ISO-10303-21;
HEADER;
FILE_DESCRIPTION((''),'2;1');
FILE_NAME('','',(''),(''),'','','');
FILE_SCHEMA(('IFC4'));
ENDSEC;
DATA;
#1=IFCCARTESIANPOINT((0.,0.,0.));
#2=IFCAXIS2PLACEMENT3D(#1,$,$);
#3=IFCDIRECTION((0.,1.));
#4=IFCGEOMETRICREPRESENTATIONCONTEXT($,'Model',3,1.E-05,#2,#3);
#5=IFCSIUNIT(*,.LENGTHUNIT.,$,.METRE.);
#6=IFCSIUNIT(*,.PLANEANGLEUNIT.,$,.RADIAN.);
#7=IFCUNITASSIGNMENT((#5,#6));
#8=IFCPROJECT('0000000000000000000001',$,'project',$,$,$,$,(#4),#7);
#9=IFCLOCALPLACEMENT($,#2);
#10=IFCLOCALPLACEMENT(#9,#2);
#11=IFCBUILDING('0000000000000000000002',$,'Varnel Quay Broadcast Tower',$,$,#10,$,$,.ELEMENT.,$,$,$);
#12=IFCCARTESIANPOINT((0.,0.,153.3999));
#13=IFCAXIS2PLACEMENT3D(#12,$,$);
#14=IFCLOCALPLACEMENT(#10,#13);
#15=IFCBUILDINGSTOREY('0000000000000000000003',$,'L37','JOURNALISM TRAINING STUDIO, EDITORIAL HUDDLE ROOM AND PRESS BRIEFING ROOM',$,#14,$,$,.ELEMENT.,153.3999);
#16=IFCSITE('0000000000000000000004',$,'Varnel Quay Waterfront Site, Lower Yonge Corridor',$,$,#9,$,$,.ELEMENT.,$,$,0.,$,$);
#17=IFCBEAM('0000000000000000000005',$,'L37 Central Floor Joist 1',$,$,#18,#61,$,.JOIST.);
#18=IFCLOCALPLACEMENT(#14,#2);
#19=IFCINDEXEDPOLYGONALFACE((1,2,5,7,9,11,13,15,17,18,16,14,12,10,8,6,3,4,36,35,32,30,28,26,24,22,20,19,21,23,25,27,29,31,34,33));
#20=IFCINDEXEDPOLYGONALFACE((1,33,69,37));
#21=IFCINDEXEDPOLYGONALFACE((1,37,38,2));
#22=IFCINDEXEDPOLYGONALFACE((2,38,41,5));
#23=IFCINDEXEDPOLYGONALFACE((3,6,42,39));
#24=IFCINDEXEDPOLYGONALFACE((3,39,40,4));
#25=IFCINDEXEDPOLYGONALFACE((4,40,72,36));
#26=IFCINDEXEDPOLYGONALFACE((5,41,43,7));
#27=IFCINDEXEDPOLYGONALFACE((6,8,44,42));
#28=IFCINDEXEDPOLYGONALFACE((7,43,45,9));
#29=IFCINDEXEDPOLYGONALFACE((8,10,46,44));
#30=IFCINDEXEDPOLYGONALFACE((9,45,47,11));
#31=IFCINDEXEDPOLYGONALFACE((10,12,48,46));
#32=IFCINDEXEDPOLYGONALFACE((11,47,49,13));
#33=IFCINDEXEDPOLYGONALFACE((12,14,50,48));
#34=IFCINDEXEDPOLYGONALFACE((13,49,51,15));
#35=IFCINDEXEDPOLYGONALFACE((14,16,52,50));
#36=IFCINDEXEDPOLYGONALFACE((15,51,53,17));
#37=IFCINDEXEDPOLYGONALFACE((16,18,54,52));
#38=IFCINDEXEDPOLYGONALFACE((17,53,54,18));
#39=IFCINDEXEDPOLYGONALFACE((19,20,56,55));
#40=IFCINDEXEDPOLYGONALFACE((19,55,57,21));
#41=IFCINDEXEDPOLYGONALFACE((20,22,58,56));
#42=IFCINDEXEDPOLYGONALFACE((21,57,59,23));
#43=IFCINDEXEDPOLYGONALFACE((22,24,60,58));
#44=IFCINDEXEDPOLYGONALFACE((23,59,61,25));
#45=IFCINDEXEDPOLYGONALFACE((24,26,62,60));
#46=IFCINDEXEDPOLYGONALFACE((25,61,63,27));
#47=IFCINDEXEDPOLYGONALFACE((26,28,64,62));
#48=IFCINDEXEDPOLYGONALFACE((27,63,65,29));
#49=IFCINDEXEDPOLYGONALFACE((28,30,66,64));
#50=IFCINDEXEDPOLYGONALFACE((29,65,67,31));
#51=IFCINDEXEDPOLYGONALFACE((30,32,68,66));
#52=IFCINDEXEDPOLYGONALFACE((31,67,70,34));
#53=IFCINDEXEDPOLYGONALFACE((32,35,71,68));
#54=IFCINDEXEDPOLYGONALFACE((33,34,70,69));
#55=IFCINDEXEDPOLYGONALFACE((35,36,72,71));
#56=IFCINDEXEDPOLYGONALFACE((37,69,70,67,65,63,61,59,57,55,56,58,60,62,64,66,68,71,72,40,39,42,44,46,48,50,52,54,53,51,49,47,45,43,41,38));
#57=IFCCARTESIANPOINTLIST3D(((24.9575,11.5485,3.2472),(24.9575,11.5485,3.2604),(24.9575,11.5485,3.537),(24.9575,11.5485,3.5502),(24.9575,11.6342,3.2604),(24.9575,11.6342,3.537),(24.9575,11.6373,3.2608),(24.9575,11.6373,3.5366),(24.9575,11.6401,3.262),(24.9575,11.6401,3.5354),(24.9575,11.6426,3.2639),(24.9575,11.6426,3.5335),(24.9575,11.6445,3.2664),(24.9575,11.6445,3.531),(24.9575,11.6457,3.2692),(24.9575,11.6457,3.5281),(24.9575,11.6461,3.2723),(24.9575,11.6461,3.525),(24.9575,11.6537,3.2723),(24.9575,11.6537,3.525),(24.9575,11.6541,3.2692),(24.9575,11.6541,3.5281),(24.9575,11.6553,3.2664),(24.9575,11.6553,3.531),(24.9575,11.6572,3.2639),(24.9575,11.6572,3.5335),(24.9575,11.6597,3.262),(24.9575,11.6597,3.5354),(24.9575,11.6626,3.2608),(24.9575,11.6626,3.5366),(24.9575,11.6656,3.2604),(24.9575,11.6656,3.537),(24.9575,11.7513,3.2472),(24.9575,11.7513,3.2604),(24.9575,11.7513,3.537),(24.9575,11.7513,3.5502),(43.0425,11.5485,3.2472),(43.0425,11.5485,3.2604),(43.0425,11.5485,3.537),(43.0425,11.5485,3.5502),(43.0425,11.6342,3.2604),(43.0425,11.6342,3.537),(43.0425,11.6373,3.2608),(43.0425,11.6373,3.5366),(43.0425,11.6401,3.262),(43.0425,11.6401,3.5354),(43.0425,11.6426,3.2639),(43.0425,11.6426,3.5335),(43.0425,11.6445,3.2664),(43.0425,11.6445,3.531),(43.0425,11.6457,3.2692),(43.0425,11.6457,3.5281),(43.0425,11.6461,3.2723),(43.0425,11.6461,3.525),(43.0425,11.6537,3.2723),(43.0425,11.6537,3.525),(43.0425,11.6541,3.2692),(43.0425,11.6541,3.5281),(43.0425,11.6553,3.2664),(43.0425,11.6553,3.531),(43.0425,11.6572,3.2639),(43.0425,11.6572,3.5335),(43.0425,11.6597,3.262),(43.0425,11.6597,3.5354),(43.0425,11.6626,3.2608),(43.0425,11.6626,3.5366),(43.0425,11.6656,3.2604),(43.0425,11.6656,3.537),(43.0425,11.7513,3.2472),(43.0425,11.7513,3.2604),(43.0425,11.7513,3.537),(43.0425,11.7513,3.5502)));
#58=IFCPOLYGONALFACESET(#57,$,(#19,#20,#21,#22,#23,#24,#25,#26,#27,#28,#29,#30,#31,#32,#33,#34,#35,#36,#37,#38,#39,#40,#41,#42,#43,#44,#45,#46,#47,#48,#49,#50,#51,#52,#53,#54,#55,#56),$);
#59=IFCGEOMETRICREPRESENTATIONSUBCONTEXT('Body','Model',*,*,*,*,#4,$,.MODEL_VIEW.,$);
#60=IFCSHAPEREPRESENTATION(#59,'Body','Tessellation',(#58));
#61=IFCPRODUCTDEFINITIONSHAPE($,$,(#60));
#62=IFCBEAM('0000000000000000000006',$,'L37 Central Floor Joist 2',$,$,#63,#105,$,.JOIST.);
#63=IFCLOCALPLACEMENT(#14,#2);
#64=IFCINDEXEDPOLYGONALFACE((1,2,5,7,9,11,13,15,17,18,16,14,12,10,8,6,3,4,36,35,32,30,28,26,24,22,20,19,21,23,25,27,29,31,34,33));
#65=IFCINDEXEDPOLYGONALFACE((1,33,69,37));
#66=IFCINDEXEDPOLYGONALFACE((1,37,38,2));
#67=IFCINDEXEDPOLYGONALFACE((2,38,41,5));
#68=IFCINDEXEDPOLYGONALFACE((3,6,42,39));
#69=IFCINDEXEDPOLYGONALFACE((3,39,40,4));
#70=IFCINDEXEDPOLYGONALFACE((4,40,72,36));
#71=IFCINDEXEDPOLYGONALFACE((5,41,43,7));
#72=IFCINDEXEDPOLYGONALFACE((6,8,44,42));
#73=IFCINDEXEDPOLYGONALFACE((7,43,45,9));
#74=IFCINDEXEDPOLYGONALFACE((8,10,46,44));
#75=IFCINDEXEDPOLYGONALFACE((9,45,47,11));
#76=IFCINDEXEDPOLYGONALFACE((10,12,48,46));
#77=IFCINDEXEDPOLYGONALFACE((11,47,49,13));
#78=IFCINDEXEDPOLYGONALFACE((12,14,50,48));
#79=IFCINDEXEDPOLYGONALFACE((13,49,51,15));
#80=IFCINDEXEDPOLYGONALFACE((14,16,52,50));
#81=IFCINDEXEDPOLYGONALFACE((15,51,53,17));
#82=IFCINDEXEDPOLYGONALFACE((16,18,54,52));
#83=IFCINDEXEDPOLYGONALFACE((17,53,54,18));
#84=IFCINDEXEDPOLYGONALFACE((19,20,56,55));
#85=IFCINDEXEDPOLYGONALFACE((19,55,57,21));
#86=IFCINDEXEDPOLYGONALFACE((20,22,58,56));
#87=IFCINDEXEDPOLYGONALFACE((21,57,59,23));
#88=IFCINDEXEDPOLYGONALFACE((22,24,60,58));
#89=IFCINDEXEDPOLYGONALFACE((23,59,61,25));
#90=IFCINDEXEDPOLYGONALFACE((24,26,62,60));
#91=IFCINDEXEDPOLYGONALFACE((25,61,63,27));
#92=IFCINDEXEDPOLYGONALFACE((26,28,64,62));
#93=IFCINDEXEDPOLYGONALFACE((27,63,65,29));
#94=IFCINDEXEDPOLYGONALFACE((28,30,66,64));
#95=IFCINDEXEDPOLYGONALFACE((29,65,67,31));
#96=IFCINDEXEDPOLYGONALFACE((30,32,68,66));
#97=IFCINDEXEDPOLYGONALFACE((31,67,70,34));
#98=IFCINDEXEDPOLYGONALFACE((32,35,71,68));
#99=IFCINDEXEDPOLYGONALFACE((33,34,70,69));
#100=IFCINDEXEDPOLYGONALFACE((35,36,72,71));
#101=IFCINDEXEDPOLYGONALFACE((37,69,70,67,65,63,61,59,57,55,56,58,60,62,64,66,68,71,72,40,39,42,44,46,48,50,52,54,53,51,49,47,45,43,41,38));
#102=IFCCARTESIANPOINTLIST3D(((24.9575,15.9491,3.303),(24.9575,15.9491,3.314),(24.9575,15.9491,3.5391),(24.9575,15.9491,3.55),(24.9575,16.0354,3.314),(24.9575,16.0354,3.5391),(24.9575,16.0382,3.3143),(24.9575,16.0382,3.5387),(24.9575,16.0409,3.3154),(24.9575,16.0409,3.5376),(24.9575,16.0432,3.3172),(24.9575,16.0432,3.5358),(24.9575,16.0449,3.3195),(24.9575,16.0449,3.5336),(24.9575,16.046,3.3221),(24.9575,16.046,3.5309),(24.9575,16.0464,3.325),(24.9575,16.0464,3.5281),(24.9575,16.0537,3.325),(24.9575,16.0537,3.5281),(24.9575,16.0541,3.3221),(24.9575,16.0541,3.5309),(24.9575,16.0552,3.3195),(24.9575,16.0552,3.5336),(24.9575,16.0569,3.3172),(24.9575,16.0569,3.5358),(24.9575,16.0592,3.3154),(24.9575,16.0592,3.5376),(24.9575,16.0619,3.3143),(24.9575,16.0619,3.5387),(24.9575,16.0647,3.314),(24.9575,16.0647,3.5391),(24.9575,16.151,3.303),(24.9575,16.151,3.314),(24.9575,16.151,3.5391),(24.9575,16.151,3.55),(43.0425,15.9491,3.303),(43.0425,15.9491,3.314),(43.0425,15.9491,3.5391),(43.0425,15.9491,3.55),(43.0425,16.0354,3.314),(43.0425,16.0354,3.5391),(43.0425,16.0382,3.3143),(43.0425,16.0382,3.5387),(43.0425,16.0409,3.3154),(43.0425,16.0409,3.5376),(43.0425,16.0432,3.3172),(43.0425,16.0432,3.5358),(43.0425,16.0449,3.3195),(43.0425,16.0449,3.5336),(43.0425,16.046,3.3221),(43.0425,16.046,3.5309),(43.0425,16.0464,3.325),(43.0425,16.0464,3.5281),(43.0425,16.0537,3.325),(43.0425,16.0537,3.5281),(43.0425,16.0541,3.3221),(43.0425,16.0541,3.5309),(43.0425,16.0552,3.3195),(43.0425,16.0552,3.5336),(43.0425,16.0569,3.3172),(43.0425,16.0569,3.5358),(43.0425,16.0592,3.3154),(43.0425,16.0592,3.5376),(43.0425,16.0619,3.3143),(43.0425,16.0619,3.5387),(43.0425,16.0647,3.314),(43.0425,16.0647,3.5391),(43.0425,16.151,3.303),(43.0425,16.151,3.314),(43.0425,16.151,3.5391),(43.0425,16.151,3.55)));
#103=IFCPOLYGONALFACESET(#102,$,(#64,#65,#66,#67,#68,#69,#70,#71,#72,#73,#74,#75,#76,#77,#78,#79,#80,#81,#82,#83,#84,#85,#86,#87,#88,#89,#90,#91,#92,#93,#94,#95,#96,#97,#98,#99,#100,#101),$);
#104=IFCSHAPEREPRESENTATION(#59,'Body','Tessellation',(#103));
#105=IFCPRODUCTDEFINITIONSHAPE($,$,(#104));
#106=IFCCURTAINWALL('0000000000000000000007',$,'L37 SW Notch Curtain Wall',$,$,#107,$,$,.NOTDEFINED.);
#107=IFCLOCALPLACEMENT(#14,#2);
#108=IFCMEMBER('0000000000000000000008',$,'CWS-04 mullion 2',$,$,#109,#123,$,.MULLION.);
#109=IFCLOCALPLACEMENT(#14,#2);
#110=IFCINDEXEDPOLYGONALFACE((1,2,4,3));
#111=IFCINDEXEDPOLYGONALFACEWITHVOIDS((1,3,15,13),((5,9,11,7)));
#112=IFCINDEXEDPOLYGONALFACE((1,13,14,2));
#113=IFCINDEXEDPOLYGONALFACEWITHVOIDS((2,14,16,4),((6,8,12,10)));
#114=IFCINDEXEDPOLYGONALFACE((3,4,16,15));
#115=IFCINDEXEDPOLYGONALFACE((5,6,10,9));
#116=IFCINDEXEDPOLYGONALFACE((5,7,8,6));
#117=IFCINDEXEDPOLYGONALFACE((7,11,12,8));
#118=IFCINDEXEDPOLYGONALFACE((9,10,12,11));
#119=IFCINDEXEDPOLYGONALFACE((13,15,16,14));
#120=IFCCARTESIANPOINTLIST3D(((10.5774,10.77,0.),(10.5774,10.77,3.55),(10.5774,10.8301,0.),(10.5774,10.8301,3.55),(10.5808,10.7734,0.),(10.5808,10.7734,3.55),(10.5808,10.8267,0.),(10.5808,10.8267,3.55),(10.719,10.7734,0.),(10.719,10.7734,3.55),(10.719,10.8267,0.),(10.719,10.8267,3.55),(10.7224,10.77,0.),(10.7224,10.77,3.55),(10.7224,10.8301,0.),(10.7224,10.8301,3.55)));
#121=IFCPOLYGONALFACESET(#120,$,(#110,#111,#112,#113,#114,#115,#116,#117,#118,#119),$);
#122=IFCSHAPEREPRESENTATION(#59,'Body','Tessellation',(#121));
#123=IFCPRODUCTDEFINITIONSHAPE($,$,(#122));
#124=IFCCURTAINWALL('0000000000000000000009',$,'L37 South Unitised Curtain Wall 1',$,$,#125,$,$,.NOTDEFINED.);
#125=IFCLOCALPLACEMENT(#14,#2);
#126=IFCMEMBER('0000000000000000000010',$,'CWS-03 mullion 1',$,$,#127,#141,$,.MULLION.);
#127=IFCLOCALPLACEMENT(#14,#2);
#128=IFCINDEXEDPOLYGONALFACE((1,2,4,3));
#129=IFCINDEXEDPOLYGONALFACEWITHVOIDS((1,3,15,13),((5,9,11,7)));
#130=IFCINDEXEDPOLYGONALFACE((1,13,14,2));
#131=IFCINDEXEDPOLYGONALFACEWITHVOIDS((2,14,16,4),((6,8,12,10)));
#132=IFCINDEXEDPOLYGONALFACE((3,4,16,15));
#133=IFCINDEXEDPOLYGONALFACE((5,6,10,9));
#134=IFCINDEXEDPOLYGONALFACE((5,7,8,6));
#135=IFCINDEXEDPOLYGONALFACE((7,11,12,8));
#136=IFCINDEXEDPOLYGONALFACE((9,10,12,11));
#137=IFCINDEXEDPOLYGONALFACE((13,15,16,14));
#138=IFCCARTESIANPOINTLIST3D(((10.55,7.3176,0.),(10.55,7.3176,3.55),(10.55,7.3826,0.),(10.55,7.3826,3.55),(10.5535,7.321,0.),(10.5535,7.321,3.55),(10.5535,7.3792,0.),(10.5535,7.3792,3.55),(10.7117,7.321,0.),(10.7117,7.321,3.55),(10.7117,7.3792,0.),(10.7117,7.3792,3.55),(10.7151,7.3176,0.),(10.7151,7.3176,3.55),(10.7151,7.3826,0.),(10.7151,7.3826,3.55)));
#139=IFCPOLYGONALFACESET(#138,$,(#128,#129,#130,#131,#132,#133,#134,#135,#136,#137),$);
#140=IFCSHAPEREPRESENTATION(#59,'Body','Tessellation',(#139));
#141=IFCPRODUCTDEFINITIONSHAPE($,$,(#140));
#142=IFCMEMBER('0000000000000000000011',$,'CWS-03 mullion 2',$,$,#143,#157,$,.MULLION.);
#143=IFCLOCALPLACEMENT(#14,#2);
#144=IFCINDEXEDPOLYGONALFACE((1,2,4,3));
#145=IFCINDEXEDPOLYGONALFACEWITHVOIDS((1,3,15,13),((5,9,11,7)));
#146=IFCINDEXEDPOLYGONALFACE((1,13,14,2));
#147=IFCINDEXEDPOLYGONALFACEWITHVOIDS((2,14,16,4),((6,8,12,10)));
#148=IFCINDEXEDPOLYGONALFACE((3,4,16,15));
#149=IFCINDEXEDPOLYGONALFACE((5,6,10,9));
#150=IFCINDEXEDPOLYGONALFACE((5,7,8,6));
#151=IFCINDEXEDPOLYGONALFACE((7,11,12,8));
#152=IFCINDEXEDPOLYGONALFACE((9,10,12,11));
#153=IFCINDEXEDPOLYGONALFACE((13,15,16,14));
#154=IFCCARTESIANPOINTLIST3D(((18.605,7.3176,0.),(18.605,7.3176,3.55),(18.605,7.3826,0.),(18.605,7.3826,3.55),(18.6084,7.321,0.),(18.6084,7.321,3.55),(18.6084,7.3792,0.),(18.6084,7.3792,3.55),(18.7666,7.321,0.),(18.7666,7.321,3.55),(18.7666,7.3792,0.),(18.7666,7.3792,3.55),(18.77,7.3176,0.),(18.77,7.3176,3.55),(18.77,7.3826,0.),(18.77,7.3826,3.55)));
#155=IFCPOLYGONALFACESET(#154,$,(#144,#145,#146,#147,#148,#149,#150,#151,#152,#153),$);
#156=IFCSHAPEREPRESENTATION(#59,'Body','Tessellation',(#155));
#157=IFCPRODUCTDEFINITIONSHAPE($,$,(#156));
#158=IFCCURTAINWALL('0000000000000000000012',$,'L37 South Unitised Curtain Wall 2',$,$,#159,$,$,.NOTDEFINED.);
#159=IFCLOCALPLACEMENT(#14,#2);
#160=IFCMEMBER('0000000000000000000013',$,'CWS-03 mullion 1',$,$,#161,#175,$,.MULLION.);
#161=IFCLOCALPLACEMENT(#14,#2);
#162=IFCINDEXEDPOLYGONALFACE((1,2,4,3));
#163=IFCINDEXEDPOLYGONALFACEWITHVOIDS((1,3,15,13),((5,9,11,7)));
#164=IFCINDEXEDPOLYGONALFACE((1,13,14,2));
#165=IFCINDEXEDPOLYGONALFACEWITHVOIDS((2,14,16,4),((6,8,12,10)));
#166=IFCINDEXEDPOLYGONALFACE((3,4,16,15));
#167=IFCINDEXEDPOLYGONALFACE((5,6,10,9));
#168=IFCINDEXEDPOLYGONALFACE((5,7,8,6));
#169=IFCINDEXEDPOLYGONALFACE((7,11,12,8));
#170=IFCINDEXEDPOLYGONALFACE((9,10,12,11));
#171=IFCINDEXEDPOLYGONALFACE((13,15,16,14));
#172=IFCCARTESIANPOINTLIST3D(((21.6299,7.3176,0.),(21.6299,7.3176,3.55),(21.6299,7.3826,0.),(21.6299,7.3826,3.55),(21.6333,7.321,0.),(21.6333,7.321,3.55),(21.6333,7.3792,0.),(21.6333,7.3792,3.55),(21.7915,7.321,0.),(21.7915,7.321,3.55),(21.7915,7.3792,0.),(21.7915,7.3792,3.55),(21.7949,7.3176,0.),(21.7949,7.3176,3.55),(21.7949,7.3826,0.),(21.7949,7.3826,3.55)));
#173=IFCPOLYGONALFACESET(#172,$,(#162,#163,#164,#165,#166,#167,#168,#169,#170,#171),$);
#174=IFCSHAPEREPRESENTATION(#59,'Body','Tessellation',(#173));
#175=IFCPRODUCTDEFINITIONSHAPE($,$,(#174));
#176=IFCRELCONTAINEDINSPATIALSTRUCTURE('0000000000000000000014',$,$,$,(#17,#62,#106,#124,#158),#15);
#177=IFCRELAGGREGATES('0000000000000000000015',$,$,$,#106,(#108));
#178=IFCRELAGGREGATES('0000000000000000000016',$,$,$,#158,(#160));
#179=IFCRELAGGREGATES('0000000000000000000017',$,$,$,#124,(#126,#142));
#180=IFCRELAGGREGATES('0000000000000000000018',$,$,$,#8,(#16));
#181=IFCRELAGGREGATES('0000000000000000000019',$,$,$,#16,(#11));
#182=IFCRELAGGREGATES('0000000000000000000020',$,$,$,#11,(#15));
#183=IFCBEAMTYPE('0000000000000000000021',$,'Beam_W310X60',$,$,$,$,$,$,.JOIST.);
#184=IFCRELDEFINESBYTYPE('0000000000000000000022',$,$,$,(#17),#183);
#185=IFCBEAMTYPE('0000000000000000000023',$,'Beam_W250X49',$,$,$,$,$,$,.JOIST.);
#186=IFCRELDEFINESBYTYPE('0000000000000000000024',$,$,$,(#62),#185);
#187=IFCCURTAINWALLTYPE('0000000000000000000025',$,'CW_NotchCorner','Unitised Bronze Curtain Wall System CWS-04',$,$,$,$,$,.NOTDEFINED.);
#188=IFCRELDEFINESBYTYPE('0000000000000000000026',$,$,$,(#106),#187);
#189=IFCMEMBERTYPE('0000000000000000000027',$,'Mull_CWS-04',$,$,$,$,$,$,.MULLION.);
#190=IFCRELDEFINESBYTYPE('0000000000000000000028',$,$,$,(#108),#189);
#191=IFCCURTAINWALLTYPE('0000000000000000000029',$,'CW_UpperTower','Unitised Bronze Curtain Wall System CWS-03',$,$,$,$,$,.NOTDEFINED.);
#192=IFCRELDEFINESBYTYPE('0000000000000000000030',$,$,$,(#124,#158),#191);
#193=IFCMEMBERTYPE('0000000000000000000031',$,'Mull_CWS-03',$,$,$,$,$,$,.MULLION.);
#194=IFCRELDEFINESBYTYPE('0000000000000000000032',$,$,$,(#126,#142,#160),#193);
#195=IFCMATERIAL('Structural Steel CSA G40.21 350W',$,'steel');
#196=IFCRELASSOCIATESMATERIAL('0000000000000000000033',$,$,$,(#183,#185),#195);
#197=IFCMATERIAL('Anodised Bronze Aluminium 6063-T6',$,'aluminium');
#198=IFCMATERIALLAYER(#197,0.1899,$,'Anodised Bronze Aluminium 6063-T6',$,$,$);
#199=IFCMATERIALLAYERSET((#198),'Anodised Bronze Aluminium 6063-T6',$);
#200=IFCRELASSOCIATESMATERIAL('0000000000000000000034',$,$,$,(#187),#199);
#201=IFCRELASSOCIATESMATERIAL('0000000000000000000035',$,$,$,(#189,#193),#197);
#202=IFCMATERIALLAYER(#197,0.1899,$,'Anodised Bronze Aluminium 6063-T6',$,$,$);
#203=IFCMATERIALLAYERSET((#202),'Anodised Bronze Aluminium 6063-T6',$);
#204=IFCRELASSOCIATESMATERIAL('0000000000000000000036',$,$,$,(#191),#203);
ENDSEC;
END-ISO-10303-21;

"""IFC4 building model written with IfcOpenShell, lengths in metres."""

from ifc_helpers import new_model, si_unit, direction, frame, origin, origin_2d, place, context, subcontext, project, spatial, hollow_rectangle, i_section, extrude, source, transform, mapped, material, layer, layer_set, material_profile, profile_set, type_object, type_shapes, element, aggregate, save


model = new_model("IFC4")

# Units and contexts
model_context = context("Model", 3, precision=1e-05, world=origin(), true_north=direction((0.0, 1.0)))
body_context = subcontext(model_context, "Body", "Model", "MODEL_VIEW")
ifc_project = project(units=[si_unit("LENGTHUNIT", "METRE"), si_unit("PLANEANGLEUNIT", "RADIAN")], contexts=[model_context])

# Site, building, storey
site_placement = place(None, origin())
site = spatial("IfcSite", under=ifc_project, at=site_placement, Name="Varnel Quay Waterfront Site, Lower Yonge Corridor", CompositionType="ELEMENT", RefElevation=0.0)
building_placement = place(site_placement, origin())
building = spatial("IfcBuilding", under=site, at=building_placement, Name="Varnel Quay Broadcast Tower", CompositionType="ELEMENT")
storey_placement = place(building_placement, frame((0.0, 0.0, 153.3999)))
storey = spatial("IfcBuildingStorey", under=building, at=storey_placement, Name="L37", Description="JOURNALISM TRAINING STUDIO, EDITORIAL HUDDLE ROOM AND PRESS BRIEFING ROOM", CompositionType="ELEMENT", Elevation=153.3999)

# Shared definitions
ifc_material_1 = material(Name="Structural Steel CSA G40.21 350W", Category="steel")

# Beams
ifc_material_profile_1 = material_profile(ifc_material_1, i_section(OverallWidth=0.2029, OverallDepth=0.303, WebThickness=0.0076, FlangeThickness=0.0132, FilletRadius=0.012, at=origin_2d()), Name="W310X60")
ifc_profile_set_1 = profile_set([ifc_material_profile_1], Name="Structural Steel CSA G40.21 350W")
beam_type_1 = type_object("IfcBeamType", Name="Beam_W310X60", PredefinedType="JOIST", material=ifc_profile_set_1)
shared_shape_1 = source(origin(), body_context, "Body", "SweptSolid", [
    extrude(i_section(OverallWidth=0.2029, OverallDepth=0.303, WebThickness=0.0076, FlangeThickness=0.0132, FilletRadius=0.012, at=origin_2d()), origin(), (0.0, 0.0, 1.0), 18.085),
])
type_shapes(beam_type_1, [shared_shape_1])
beam_1_placement = place(storey_placement, frame((24.9575, 11.6499, 3.3987), z_axis=(1.0, 0.0, 0.0), x_axis=(0.0, 1.0, 0.0)))
element("IfcBeam", 1, at=beam_1_placement, inside=storey, type_object=beam_type_1, Name="L37 Central Floor Joist 1", PredefinedType="JOIST", context=body_context, shape_type="MappedRepresentation", body=[
    mapped(shared_shape_1, transform((0.0, 0.0, 0.0), x_axis=(1.0, 0.0, 0.0), y_axis=(0.0, 1.0, 0.0), z_axis=(0.0, 0.0, 1.0), scale=1.0)),
])
ifc_material_profile_2 = material_profile(ifc_material_1, i_section(OverallWidth=0.2019, OverallDepth=0.2471, WebThickness=0.0073, FlangeThickness=0.011, FilletRadius=0.011, at=origin_2d()), Name="W250X49")
ifc_profile_set_2 = profile_set([ifc_material_profile_2], Name="Structural Steel CSA G40.21 350W")
beam_type_2 = type_object("IfcBeamType", Name="Beam_W250X49", PredefinedType="JOIST", material=ifc_profile_set_2)
shared_shape_2 = source(origin(), body_context, "Body", "SweptSolid", [
    extrude(i_section(OverallWidth=0.2019, OverallDepth=0.2471, WebThickness=0.0073, FlangeThickness=0.011, FilletRadius=0.011, at=origin_2d()), origin(), (0.0, 0.0, 1.0), 18.085),
])
type_shapes(beam_type_2, [shared_shape_2])
beam_2_placement = place(storey_placement, frame((24.9575, 16.05, 3.4265), z_axis=(1.0, 0.0, 0.0), x_axis=(0.0, 1.0, 0.0)))
element("IfcBeam", 2, at=beam_2_placement, inside=storey, type_object=beam_type_2, Name="L37 Central Floor Joist 2", PredefinedType="JOIST", context=body_context, shape_type="MappedRepresentation", body=[
    mapped(shared_shape_2, transform((0.0, 0.0, 0.0), x_axis=(1.0, 0.0, 0.0), y_axis=(0.0, 1.0, 0.0), z_axis=(0.0, 0.0, 1.0), scale=1.0)),
])

# Curtain wall, member
ifc_material_2 = material(Name="Anodised Bronze Aluminium 6063-T6", Category="aluminium")
ifc_layer_1 = layer(ifc_material_2, 0.1899, Name="Anodised Bronze Aluminium 6063-T6")
ifc_layer_set_1 = layer_set([ifc_layer_1], Name="Anodised Bronze Aluminium 6063-T6")
curtain_wall_type_1 = type_object("IfcCurtainWallType", Name="CW_NotchCorner", Description="Unitised Bronze Curtain Wall System CWS-04", PredefinedType="NOTDEFINED", material=ifc_layer_set_1)
curtain_wall_1_placement = place(storey_placement, origin())
curtain_wall_1 = element("IfcCurtainWall", 3, at=curtain_wall_1_placement, inside=storey, type_object=curtain_wall_type_1, Name="L37 SW Notch Curtain Wall", PredefinedType="NOTDEFINED")
ifc_material_profile_3 = material_profile(ifc_material_2, hollow_rectangle(XDim=0.0601, YDim=0.145, WallThickness=0.0034, at=origin_2d()), Name="ALU60X145X3.5")
ifc_profile_set_3 = profile_set([ifc_material_profile_3], Name="Anodised Bronze Aluminium 6063-T6")
member_type_1 = type_object("IfcMemberType", Name="Mull_CWS-04", PredefinedType="MULLION", material=ifc_profile_set_3)
shared_shape_3 = source(origin(), body_context, "Body", "SweptSolid", [
    extrude(hollow_rectangle(XDim=0.0601, YDim=0.145, WallThickness=0.0034, at=origin_2d()), origin(), (0.0, 0.0, 1.0), 3.55),
])
type_shapes(member_type_1, [shared_shape_3])
member_1_placement = place(storey_placement, frame((10.6499, 10.8, 0.0), z_axis=(0.0, 0.0, 1.0), x_axis=(0.0, 1.0, 0.0)))
member_1 = element("IfcMember", 4, at=member_1_placement, type_object=member_type_1, Name="CWS-04 mullion 2", PredefinedType="MULLION", context=body_context, shape_type="MappedRepresentation", body=[
    mapped(shared_shape_3, transform((0.0, 0.0, 0.0), x_axis=(1.0, 0.0, 0.0), y_axis=(0.0, 1.0, 0.0), z_axis=(0.0, 0.0, 1.0), scale=1.0)),
])
aggregate(curtain_wall_1, [member_1])

# Curtain wall, members
ifc_layer_2 = layer(ifc_material_2, 0.1899, Name="Anodised Bronze Aluminium 6063-T6")
ifc_layer_set_2 = layer_set([ifc_layer_2], Name="Anodised Bronze Aluminium 6063-T6")
curtain_wall_type_2 = type_object("IfcCurtainWallType", Name="CW_UpperTower", Description="Unitised Bronze Curtain Wall System CWS-03", PredefinedType="NOTDEFINED", material=ifc_layer_set_2)
curtain_wall_2_placement = place(storey_placement, origin())
curtain_wall_2 = element("IfcCurtainWall", 5, at=curtain_wall_2_placement, inside=storey, type_object=curtain_wall_type_2, Name="L37 South Unitised Curtain Wall 1", PredefinedType="NOTDEFINED")
ifc_material_profile_4 = material_profile(ifc_material_2, hollow_rectangle(XDim=0.0649, YDim=0.165, WallThickness=0.0034, at=origin_2d()), Name="ALU65X165X3.5")
ifc_profile_set_4 = profile_set([ifc_material_profile_4], Name="Anodised Bronze Aluminium 6063-T6")
member_type_2 = type_object("IfcMemberType", Name="Mull_CWS-03", PredefinedType="MULLION", material=ifc_profile_set_4)
shared_shape_4 = source(origin(), body_context, "Body", "SweptSolid", [
    extrude(hollow_rectangle(XDim=0.0649, YDim=0.165, WallThickness=0.0034, at=origin_2d()), origin(), (0.0, 0.0, 1.0), 3.55),
])
type_shapes(member_type_2, [shared_shape_4])
member_2_placement = place(storey_placement, frame((10.6326, 7.3501, 0.0), z_axis=(0.0, 0.0, 1.0), x_axis=(0.0, 1.0, 0.0)))
member_2 = element("IfcMember", 6, at=member_2_placement, type_object=member_type_2, Name="CWS-03 mullion 1", PredefinedType="MULLION", context=body_context, shape_type="MappedRepresentation", body=[
    mapped(shared_shape_4, transform((0.0, 0.0, 0.0), x_axis=(1.0, 0.0, 0.0), y_axis=(0.0, 1.0, 0.0), z_axis=(0.0, 0.0, 1.0), scale=1.0)),
])
member_3_placement = place(storey_placement, frame((18.6875, 7.3501, 0.0), z_axis=(0.0, 0.0, 1.0), x_axis=(0.0, 1.0, 0.0)))
member_3 = element("IfcMember", 7, at=member_3_placement, type_object=member_type_2, Name="CWS-03 mullion 2", PredefinedType="MULLION", context=body_context, shape_type="MappedRepresentation", body=[
    mapped(shared_shape_4, transform((0.0, 0.0, 0.0), x_axis=(1.0, 0.0, 0.0), y_axis=(0.0, 1.0, 0.0), z_axis=(0.0, 0.0, 1.0), scale=1.0)),
])

# Curtain wall, member
curtain_wall_3_placement = place(storey_placement, origin())
curtain_wall_3 = element("IfcCurtainWall", 8, at=curtain_wall_3_placement, inside=storey, type_object=curtain_wall_type_2, Name="L37 South Unitised Curtain Wall 2", PredefinedType="NOTDEFINED")
member_4_placement = place(storey_placement, frame((21.7124, 7.3501, 0.0), z_axis=(0.0, 0.0, 1.0), x_axis=(0.0, 1.0, 0.0)))
member_4 = element("IfcMember", 9, at=member_4_placement, type_object=member_type_2, Name="CWS-03 mullion 1", PredefinedType="MULLION", context=body_context, shape_type="MappedRepresentation", body=[
    mapped(shared_shape_4, transform((0.0, 0.0, 0.0), x_axis=(1.0, 0.0, 0.0), y_axis=(0.0, 1.0, 0.0), z_axis=(0.0, 0.0, 1.0), scale=1.0)),
])

aggregate(curtain_wall_3, [member_4])

aggregate(curtain_wall_2, [member_2, member_3])

save(model, "model.ifc")
